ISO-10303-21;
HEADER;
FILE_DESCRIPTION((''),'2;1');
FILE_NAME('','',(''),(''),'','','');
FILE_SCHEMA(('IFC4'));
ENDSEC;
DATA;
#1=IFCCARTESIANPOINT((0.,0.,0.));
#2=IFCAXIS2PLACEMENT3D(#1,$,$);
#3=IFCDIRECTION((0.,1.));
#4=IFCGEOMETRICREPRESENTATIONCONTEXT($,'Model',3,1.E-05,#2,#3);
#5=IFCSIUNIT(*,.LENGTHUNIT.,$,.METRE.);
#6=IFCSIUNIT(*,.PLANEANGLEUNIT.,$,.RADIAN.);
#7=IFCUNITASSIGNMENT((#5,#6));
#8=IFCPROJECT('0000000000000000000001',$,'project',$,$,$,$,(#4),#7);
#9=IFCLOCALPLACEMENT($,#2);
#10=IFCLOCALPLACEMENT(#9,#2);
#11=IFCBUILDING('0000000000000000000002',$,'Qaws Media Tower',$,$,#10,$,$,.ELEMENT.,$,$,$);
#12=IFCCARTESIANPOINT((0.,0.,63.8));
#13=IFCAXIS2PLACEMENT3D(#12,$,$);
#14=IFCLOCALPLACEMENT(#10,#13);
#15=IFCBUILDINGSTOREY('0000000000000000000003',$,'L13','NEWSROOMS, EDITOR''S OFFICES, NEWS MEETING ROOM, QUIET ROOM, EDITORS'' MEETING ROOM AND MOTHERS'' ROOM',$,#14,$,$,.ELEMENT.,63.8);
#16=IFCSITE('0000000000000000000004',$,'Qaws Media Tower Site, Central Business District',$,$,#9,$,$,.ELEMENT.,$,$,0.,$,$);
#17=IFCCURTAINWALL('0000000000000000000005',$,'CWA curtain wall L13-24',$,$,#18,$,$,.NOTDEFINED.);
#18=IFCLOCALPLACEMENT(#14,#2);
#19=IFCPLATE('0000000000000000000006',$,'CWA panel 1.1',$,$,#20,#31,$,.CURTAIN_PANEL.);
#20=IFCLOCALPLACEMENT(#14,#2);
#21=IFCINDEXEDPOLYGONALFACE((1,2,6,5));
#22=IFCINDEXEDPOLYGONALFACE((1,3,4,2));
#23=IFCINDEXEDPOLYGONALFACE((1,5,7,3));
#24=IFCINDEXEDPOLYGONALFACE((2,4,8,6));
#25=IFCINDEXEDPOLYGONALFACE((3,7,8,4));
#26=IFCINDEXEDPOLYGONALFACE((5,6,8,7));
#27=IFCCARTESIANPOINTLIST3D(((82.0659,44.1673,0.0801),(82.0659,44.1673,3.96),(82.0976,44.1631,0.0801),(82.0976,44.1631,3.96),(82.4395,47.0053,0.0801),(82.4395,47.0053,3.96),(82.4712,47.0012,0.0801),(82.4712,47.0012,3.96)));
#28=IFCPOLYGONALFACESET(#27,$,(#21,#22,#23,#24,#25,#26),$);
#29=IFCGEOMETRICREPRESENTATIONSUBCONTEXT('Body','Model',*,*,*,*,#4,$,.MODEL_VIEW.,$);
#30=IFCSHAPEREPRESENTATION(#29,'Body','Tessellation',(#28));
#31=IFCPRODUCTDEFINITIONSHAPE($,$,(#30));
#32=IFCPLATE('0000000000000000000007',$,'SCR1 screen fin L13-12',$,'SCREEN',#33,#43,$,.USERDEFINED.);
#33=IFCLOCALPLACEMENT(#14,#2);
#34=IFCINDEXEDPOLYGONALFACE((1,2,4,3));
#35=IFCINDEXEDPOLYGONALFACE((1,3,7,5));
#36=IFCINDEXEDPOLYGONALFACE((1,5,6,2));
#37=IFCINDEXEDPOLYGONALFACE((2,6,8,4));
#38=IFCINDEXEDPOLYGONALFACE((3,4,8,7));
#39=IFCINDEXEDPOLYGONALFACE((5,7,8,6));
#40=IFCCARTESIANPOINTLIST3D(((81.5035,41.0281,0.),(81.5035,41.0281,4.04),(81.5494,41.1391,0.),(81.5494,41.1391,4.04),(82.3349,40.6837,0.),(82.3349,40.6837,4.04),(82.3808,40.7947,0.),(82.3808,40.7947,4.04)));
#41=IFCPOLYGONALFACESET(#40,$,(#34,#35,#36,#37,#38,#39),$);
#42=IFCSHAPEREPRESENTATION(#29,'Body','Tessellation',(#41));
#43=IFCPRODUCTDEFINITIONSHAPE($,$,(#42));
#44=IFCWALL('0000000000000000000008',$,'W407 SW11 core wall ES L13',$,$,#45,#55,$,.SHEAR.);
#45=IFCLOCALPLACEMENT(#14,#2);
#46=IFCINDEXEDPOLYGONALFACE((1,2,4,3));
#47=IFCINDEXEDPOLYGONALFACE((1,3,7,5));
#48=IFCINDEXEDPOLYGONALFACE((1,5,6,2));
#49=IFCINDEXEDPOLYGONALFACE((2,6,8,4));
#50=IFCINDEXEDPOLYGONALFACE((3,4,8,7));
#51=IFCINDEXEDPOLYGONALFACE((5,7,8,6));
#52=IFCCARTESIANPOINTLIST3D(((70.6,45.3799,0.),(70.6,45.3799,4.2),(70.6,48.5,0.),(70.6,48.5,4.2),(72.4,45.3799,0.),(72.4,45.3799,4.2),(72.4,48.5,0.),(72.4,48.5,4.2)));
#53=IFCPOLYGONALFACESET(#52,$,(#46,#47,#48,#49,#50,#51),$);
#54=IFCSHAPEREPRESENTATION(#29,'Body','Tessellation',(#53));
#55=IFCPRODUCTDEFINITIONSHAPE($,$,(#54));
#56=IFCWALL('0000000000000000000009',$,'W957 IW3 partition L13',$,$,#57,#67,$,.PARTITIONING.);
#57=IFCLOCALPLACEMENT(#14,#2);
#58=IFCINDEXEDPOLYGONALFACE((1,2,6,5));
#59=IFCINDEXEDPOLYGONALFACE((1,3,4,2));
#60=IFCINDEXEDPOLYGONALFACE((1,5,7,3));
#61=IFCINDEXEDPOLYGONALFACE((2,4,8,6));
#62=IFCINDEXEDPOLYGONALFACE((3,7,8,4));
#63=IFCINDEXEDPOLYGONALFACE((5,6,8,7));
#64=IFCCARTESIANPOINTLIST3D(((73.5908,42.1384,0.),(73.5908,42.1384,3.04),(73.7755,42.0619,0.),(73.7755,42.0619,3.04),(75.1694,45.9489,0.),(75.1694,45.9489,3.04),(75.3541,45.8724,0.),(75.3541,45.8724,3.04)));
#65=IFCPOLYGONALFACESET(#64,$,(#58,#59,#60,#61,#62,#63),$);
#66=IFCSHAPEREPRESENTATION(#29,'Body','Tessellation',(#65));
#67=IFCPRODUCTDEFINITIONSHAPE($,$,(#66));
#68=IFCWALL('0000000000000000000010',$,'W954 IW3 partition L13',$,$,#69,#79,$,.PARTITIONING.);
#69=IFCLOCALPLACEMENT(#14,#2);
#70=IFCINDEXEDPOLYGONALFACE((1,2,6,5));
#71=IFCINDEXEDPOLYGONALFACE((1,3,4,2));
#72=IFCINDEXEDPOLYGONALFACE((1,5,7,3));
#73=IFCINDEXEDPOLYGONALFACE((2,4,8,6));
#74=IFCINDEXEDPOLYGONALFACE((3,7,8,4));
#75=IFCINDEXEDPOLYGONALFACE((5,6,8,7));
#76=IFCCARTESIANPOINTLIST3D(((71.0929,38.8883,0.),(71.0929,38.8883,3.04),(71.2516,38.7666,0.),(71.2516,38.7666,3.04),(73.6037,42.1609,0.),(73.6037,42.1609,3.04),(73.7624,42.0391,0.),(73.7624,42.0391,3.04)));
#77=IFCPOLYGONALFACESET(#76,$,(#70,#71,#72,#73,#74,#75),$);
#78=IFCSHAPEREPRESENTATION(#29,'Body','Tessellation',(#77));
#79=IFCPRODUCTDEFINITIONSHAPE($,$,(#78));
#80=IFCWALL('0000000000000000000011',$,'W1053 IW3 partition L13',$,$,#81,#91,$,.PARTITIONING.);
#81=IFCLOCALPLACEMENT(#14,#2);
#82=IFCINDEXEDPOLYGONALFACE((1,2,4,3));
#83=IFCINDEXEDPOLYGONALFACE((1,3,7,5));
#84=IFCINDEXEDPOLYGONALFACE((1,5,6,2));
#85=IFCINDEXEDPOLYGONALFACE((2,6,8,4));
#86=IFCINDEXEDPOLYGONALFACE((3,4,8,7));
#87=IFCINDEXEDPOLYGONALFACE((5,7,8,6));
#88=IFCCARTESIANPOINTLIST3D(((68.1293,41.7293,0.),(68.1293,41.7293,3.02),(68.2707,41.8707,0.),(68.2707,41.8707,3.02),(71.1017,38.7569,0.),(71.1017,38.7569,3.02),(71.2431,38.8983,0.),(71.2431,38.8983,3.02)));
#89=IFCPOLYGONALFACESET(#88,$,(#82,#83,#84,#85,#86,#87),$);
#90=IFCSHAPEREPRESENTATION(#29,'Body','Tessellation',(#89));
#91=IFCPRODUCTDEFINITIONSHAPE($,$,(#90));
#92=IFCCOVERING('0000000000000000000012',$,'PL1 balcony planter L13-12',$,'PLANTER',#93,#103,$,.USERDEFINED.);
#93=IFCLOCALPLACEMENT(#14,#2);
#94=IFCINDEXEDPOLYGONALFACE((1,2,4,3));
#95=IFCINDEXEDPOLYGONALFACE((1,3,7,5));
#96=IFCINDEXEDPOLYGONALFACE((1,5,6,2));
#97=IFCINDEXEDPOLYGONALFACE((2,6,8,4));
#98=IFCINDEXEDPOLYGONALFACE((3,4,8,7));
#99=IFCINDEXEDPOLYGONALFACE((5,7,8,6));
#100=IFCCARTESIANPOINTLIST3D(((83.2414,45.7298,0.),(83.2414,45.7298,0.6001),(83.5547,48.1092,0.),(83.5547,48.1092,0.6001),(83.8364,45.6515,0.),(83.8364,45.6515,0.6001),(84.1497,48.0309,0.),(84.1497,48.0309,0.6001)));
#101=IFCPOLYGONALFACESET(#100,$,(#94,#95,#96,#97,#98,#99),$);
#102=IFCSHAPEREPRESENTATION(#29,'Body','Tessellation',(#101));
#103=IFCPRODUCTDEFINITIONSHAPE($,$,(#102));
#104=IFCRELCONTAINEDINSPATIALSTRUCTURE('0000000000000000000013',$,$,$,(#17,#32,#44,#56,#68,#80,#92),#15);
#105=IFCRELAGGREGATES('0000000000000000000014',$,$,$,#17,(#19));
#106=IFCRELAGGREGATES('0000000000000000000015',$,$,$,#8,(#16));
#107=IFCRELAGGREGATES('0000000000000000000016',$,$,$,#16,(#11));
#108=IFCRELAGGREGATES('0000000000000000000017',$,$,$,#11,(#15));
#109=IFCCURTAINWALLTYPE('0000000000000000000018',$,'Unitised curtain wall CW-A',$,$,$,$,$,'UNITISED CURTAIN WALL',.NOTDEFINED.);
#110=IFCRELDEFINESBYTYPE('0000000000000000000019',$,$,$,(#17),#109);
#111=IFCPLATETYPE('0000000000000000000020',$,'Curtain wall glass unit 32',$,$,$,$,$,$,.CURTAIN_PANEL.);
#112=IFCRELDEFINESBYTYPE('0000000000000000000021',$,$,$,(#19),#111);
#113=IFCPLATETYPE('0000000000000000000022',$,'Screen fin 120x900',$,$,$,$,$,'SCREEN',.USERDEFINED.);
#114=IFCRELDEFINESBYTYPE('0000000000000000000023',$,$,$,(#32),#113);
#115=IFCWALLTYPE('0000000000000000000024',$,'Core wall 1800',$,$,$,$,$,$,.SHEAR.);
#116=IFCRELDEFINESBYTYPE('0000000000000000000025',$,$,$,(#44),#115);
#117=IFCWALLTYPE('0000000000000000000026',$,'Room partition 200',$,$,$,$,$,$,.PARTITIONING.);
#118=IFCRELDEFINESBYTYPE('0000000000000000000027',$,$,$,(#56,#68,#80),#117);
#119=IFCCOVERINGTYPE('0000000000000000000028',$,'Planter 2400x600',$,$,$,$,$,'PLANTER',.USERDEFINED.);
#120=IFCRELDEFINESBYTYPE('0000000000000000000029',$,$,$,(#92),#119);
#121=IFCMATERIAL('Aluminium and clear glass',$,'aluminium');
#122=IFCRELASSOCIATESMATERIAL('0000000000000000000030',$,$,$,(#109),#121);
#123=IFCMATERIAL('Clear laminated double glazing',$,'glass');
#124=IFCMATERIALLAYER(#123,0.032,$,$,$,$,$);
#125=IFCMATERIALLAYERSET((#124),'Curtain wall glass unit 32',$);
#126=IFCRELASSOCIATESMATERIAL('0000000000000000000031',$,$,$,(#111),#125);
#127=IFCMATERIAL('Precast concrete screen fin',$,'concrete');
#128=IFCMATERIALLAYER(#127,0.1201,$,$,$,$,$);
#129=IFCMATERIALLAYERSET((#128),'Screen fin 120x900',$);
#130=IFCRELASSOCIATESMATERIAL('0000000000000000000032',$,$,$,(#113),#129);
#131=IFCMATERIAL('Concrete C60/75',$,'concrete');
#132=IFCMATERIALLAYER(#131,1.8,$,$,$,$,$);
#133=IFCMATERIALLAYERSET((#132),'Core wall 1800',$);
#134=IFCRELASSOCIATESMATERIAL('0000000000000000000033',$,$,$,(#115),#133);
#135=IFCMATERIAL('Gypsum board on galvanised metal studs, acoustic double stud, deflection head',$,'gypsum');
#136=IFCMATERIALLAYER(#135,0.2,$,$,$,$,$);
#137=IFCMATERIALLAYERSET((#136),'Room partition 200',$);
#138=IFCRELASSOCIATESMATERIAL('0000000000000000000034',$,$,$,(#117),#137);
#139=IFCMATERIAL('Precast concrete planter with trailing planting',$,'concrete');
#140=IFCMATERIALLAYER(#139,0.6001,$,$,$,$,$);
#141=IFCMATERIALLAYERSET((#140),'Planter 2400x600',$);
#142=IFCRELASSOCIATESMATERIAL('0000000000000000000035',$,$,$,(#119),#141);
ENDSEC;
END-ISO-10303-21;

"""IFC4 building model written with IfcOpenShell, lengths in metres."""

from ifc_helpers import new_model, si_unit, direction, frame, frame_2d, origin, origin_2d, place, context, subcontext, project, spatial, rectangle, extrude, material, layer, layer_set, type_object, element, aggregate, save


model = new_model("IFC4")

# Units and contexts
model_context = context("Model", 3, precision=1e-05, world=origin(), true_north=direction((0.0, 1.0)))
body_context = subcontext(model_context, "Body", "Model", "MODEL_VIEW")
ifc_project = project(units=[si_unit("LENGTHUNIT", "METRE"), si_unit("PLANEANGLEUNIT", "RADIAN")], contexts=[model_context])

# Site, building, storey
site_placement = place(None, origin())
site = spatial("IfcSite", under=ifc_project, at=site_placement, Name="Qaws Media Tower Site, Central Business District", CompositionType="ELEMENT", RefElevation=0.0)
building_placement = place(site_placement, origin())
building = spatial("IfcBuilding", under=site, at=building_placement, Name="Qaws Media Tower", CompositionType="ELEMENT")
storey_placement = place(building_placement, frame((0.0, 0.0, 63.8)))
storey = spatial("IfcBuildingStorey", under=building, at=storey_placement, Name="L13", Description="NEWSROOMS, EDITOR'S OFFICES, NEWS MEETING ROOM, QUIET ROOM, EDITORS' MEETING ROOM AND MOTHERS' ROOM", CompositionType="ELEMENT", Elevation=63.8)

# Curtain wall
ifc_material_1 = material(Name="Aluminium and clear glass", Category="aluminium")
curtain_wall_type = type_object("IfcCurtainWallType", Name="Unitised curtain wall CW-A", ElementType="UNITISED CURTAIN WALL", PredefinedType="NOTDEFINED", material=ifc_material_1)
curtain_wall_1_placement = place(storey_placement, origin())
curtain_wall_1 = element("IfcCurtainWall", 1, at=curtain_wall_1_placement, inside=storey, type_object=curtain_wall_type, Name="CWA curtain wall L13-24", PredefinedType="NOTDEFINED")

# Plates
ifc_material_2 = material(Name="Clear laminated double glazing", Category="glass")
ifc_layer_1 = layer(ifc_material_2, 0.032)
ifc_layer_set_1 = layer_set([ifc_layer_1], Name="Curtain wall glass unit 32")
plate_type_1 = type_object("IfcPlateType", Name="Curtain wall glass unit 32", PredefinedType="CURTAIN_PANEL", material=ifc_layer_set_1)
plate_1_placement = place(storey_placement, frame((82.2686, 45.5842, 0.0801), z_axis=(0.0, 0.0, 1.0), x_axis=(0.130526, 0.991445, 0.0)))
plate_1 = element("IfcPlate", 2, at=plate_1_placement, type_object=plate_type_1, Name="CWA panel 1.1", PredefinedType="CURTAIN_PANEL", context=body_context, shape_type="SweptSolid", body=[
    extrude(rectangle(XDim=2.8625, YDim=0.032, at=origin_2d()), origin(), (0.0, 0.0, 1.0), 3.8799),
])
aggregate(curtain_wall_1, [plate_1])
ifc_material_3 = material(Name="Precast concrete screen fin", Category="concrete")
ifc_layer_2 = layer(ifc_material_3, 0.1201)
ifc_layer_set_2 = layer_set([ifc_layer_2], Name="Screen fin 120x900")
plate_type_2 = type_object("IfcPlateType", Name="Screen fin 120x900", ElementType="SCREEN", PredefinedType="USERDEFINED", material=ifc_layer_set_2)
plate_2_placement = place(storey_placement, frame((81.9421, 40.9114, 0.0), z_axis=(0.0, 0.0, 1.0), x_axis=(0.92388, -0.382683, 0.0)))
element("IfcPlate", 3, at=plate_2_placement, inside=storey, type_object=plate_type_2, Name="SCR1 screen fin L13-12", ObjectType="SCREEN", PredefinedType="USERDEFINED", context=body_context, shape_type="SweptSolid", body=[
    extrude(rectangle(XDim=0.8999, YDim=0.1201, at=origin_2d()), origin(), (0.0, 0.0, 1.0), 4.04),
])

# Walls
ifc_material_4 = material(Name="Concrete C60/75", Category="concrete")
ifc_layer_3 = layer(ifc_material_4, 1.8)
ifc_layer_set_3 = layer_set([ifc_layer_3], Name="Core wall 1800")
wall_type_1 = type_object("IfcWallType", Name="Core wall 1800", PredefinedType="SHEAR", material=ifc_layer_set_3)
wall_1_placement = place(storey_placement, frame((71.5, 45.3799, 0.0), z_axis=(0.0, 0.0, 1.0), x_axis=(0.0, 1.0, 0.0)))
element("IfcWall", 4, at=wall_1_placement, inside=storey, type_object=wall_type_1, Name="W407 SW11 core wall ES L13", PredefinedType="SHEAR", context=body_context, shape_type="SweptSolid", body=[
    extrude(rectangle(XDim=3.1201, YDim=1.8, at=frame_2d((1.5601, 0.0))), origin(), (0.0, 0.0, 1.0), 4.2),
])
ifc_material_5 = material(Name="Gypsum board on galvanised metal studs, acoustic double stud, deflection head", Category="gypsum")
ifc_layer_4 = layer(ifc_material_5, 0.2)
ifc_layer_set_4 = layer_set([ifc_layer_4], Name="Room partition 200")
wall_type_2 = type_object("IfcWallType", Name="Room partition 200", PredefinedType="PARTITIONING", material=ifc_layer_set_4)
wall_2_placement = place(storey_placement, frame((75.2617, 45.9106, 0.0), z_axis=(0.0, 0.0, 1.0), x_axis=(-0.382732, -0.92386, 0.0)))
element("IfcWall", 5, at=wall_2_placement, inside=storey, type_object=wall_type_2, Name="W957 IW3 partition L13", PredefinedType="PARTITIONING", context=body_context, shape_type="SweptSolid", body=[
    extrude(rectangle(XDim=4.1245, YDim=0.2, at=frame_2d((2.0623, 0.0))), origin(), (0.0, 0.0, 1.0), 3.04),
])
wall_3_placement = place(storey_placement, frame((73.6831, 42.1001, 0.0), z_axis=(0.0, 0.0, 1.0), x_axis=(-0.608715, -0.793389, 0.0)))
element("IfcWall", 6, at=wall_3_placement, inside=storey, type_object=wall_type_2, Name="W954 IW3 partition L13", PredefinedType="PARTITIONING", context=body_context, shape_type="SweptSolid", body=[
    extrude(rectangle(XDim=4.1248, YDim=0.2, at=frame_2d((2.0625, 0.0))), origin(), (0.0, 0.0, 1.0), 3.04),
])
wall_4_placement = place(storey_placement, frame((71.1724, 38.8276, 0.0), z_axis=(0.0, 0.0, 1.0), x_axis=(-0.707107, 0.707107, 0.0)))
element("IfcWall", 7, at=wall_4_placement, inside=storey, type_object=wall_type_2, Name="W1053 IW3 partition L13", PredefinedType="PARTITIONING", context=body_context, shape_type="SweptSolid", body=[
    extrude(rectangle(XDim=4.2036, YDim=0.2, at=frame_2d((2.1018, 0.0))), origin(), (0.0, 0.0, 1.0), 3.02),
])

# Covering
ifc_material_6 = material(Name="Precast concrete planter with trailing planting", Category="concrete")
ifc_layer_5 = layer(ifc_material_6, 0.6001)
ifc_layer_set_5 = layer_set([ifc_layer_5], Name="Planter 2400x600")
covering_type = type_object("IfcCoveringType", Name="Planter 2400x600", ElementType="PLANTER", PredefinedType="USERDEFINED", material=ifc_layer_set_5)
covering_placement = place(storey_placement, frame((83.6956, 46.8804, 0.0), z_axis=(0.0, 0.0, 1.0), x_axis=(0.130526, 0.991445, 0.0)))
element("IfcCovering", 8, at=covering_placement, inside=storey, type_object=covering_type, Name="PL1 balcony planter L13-12", ObjectType="PLANTER", PredefinedType="USERDEFINED", context=body_context, shape_type="SweptSolid", body=[
    extrude(rectangle(XDim=2.3999, YDim=0.6001, at=origin_2d()), origin(), (0.0, 0.0, 1.0), 0.6001),
])

save(model, "model.ifc")
